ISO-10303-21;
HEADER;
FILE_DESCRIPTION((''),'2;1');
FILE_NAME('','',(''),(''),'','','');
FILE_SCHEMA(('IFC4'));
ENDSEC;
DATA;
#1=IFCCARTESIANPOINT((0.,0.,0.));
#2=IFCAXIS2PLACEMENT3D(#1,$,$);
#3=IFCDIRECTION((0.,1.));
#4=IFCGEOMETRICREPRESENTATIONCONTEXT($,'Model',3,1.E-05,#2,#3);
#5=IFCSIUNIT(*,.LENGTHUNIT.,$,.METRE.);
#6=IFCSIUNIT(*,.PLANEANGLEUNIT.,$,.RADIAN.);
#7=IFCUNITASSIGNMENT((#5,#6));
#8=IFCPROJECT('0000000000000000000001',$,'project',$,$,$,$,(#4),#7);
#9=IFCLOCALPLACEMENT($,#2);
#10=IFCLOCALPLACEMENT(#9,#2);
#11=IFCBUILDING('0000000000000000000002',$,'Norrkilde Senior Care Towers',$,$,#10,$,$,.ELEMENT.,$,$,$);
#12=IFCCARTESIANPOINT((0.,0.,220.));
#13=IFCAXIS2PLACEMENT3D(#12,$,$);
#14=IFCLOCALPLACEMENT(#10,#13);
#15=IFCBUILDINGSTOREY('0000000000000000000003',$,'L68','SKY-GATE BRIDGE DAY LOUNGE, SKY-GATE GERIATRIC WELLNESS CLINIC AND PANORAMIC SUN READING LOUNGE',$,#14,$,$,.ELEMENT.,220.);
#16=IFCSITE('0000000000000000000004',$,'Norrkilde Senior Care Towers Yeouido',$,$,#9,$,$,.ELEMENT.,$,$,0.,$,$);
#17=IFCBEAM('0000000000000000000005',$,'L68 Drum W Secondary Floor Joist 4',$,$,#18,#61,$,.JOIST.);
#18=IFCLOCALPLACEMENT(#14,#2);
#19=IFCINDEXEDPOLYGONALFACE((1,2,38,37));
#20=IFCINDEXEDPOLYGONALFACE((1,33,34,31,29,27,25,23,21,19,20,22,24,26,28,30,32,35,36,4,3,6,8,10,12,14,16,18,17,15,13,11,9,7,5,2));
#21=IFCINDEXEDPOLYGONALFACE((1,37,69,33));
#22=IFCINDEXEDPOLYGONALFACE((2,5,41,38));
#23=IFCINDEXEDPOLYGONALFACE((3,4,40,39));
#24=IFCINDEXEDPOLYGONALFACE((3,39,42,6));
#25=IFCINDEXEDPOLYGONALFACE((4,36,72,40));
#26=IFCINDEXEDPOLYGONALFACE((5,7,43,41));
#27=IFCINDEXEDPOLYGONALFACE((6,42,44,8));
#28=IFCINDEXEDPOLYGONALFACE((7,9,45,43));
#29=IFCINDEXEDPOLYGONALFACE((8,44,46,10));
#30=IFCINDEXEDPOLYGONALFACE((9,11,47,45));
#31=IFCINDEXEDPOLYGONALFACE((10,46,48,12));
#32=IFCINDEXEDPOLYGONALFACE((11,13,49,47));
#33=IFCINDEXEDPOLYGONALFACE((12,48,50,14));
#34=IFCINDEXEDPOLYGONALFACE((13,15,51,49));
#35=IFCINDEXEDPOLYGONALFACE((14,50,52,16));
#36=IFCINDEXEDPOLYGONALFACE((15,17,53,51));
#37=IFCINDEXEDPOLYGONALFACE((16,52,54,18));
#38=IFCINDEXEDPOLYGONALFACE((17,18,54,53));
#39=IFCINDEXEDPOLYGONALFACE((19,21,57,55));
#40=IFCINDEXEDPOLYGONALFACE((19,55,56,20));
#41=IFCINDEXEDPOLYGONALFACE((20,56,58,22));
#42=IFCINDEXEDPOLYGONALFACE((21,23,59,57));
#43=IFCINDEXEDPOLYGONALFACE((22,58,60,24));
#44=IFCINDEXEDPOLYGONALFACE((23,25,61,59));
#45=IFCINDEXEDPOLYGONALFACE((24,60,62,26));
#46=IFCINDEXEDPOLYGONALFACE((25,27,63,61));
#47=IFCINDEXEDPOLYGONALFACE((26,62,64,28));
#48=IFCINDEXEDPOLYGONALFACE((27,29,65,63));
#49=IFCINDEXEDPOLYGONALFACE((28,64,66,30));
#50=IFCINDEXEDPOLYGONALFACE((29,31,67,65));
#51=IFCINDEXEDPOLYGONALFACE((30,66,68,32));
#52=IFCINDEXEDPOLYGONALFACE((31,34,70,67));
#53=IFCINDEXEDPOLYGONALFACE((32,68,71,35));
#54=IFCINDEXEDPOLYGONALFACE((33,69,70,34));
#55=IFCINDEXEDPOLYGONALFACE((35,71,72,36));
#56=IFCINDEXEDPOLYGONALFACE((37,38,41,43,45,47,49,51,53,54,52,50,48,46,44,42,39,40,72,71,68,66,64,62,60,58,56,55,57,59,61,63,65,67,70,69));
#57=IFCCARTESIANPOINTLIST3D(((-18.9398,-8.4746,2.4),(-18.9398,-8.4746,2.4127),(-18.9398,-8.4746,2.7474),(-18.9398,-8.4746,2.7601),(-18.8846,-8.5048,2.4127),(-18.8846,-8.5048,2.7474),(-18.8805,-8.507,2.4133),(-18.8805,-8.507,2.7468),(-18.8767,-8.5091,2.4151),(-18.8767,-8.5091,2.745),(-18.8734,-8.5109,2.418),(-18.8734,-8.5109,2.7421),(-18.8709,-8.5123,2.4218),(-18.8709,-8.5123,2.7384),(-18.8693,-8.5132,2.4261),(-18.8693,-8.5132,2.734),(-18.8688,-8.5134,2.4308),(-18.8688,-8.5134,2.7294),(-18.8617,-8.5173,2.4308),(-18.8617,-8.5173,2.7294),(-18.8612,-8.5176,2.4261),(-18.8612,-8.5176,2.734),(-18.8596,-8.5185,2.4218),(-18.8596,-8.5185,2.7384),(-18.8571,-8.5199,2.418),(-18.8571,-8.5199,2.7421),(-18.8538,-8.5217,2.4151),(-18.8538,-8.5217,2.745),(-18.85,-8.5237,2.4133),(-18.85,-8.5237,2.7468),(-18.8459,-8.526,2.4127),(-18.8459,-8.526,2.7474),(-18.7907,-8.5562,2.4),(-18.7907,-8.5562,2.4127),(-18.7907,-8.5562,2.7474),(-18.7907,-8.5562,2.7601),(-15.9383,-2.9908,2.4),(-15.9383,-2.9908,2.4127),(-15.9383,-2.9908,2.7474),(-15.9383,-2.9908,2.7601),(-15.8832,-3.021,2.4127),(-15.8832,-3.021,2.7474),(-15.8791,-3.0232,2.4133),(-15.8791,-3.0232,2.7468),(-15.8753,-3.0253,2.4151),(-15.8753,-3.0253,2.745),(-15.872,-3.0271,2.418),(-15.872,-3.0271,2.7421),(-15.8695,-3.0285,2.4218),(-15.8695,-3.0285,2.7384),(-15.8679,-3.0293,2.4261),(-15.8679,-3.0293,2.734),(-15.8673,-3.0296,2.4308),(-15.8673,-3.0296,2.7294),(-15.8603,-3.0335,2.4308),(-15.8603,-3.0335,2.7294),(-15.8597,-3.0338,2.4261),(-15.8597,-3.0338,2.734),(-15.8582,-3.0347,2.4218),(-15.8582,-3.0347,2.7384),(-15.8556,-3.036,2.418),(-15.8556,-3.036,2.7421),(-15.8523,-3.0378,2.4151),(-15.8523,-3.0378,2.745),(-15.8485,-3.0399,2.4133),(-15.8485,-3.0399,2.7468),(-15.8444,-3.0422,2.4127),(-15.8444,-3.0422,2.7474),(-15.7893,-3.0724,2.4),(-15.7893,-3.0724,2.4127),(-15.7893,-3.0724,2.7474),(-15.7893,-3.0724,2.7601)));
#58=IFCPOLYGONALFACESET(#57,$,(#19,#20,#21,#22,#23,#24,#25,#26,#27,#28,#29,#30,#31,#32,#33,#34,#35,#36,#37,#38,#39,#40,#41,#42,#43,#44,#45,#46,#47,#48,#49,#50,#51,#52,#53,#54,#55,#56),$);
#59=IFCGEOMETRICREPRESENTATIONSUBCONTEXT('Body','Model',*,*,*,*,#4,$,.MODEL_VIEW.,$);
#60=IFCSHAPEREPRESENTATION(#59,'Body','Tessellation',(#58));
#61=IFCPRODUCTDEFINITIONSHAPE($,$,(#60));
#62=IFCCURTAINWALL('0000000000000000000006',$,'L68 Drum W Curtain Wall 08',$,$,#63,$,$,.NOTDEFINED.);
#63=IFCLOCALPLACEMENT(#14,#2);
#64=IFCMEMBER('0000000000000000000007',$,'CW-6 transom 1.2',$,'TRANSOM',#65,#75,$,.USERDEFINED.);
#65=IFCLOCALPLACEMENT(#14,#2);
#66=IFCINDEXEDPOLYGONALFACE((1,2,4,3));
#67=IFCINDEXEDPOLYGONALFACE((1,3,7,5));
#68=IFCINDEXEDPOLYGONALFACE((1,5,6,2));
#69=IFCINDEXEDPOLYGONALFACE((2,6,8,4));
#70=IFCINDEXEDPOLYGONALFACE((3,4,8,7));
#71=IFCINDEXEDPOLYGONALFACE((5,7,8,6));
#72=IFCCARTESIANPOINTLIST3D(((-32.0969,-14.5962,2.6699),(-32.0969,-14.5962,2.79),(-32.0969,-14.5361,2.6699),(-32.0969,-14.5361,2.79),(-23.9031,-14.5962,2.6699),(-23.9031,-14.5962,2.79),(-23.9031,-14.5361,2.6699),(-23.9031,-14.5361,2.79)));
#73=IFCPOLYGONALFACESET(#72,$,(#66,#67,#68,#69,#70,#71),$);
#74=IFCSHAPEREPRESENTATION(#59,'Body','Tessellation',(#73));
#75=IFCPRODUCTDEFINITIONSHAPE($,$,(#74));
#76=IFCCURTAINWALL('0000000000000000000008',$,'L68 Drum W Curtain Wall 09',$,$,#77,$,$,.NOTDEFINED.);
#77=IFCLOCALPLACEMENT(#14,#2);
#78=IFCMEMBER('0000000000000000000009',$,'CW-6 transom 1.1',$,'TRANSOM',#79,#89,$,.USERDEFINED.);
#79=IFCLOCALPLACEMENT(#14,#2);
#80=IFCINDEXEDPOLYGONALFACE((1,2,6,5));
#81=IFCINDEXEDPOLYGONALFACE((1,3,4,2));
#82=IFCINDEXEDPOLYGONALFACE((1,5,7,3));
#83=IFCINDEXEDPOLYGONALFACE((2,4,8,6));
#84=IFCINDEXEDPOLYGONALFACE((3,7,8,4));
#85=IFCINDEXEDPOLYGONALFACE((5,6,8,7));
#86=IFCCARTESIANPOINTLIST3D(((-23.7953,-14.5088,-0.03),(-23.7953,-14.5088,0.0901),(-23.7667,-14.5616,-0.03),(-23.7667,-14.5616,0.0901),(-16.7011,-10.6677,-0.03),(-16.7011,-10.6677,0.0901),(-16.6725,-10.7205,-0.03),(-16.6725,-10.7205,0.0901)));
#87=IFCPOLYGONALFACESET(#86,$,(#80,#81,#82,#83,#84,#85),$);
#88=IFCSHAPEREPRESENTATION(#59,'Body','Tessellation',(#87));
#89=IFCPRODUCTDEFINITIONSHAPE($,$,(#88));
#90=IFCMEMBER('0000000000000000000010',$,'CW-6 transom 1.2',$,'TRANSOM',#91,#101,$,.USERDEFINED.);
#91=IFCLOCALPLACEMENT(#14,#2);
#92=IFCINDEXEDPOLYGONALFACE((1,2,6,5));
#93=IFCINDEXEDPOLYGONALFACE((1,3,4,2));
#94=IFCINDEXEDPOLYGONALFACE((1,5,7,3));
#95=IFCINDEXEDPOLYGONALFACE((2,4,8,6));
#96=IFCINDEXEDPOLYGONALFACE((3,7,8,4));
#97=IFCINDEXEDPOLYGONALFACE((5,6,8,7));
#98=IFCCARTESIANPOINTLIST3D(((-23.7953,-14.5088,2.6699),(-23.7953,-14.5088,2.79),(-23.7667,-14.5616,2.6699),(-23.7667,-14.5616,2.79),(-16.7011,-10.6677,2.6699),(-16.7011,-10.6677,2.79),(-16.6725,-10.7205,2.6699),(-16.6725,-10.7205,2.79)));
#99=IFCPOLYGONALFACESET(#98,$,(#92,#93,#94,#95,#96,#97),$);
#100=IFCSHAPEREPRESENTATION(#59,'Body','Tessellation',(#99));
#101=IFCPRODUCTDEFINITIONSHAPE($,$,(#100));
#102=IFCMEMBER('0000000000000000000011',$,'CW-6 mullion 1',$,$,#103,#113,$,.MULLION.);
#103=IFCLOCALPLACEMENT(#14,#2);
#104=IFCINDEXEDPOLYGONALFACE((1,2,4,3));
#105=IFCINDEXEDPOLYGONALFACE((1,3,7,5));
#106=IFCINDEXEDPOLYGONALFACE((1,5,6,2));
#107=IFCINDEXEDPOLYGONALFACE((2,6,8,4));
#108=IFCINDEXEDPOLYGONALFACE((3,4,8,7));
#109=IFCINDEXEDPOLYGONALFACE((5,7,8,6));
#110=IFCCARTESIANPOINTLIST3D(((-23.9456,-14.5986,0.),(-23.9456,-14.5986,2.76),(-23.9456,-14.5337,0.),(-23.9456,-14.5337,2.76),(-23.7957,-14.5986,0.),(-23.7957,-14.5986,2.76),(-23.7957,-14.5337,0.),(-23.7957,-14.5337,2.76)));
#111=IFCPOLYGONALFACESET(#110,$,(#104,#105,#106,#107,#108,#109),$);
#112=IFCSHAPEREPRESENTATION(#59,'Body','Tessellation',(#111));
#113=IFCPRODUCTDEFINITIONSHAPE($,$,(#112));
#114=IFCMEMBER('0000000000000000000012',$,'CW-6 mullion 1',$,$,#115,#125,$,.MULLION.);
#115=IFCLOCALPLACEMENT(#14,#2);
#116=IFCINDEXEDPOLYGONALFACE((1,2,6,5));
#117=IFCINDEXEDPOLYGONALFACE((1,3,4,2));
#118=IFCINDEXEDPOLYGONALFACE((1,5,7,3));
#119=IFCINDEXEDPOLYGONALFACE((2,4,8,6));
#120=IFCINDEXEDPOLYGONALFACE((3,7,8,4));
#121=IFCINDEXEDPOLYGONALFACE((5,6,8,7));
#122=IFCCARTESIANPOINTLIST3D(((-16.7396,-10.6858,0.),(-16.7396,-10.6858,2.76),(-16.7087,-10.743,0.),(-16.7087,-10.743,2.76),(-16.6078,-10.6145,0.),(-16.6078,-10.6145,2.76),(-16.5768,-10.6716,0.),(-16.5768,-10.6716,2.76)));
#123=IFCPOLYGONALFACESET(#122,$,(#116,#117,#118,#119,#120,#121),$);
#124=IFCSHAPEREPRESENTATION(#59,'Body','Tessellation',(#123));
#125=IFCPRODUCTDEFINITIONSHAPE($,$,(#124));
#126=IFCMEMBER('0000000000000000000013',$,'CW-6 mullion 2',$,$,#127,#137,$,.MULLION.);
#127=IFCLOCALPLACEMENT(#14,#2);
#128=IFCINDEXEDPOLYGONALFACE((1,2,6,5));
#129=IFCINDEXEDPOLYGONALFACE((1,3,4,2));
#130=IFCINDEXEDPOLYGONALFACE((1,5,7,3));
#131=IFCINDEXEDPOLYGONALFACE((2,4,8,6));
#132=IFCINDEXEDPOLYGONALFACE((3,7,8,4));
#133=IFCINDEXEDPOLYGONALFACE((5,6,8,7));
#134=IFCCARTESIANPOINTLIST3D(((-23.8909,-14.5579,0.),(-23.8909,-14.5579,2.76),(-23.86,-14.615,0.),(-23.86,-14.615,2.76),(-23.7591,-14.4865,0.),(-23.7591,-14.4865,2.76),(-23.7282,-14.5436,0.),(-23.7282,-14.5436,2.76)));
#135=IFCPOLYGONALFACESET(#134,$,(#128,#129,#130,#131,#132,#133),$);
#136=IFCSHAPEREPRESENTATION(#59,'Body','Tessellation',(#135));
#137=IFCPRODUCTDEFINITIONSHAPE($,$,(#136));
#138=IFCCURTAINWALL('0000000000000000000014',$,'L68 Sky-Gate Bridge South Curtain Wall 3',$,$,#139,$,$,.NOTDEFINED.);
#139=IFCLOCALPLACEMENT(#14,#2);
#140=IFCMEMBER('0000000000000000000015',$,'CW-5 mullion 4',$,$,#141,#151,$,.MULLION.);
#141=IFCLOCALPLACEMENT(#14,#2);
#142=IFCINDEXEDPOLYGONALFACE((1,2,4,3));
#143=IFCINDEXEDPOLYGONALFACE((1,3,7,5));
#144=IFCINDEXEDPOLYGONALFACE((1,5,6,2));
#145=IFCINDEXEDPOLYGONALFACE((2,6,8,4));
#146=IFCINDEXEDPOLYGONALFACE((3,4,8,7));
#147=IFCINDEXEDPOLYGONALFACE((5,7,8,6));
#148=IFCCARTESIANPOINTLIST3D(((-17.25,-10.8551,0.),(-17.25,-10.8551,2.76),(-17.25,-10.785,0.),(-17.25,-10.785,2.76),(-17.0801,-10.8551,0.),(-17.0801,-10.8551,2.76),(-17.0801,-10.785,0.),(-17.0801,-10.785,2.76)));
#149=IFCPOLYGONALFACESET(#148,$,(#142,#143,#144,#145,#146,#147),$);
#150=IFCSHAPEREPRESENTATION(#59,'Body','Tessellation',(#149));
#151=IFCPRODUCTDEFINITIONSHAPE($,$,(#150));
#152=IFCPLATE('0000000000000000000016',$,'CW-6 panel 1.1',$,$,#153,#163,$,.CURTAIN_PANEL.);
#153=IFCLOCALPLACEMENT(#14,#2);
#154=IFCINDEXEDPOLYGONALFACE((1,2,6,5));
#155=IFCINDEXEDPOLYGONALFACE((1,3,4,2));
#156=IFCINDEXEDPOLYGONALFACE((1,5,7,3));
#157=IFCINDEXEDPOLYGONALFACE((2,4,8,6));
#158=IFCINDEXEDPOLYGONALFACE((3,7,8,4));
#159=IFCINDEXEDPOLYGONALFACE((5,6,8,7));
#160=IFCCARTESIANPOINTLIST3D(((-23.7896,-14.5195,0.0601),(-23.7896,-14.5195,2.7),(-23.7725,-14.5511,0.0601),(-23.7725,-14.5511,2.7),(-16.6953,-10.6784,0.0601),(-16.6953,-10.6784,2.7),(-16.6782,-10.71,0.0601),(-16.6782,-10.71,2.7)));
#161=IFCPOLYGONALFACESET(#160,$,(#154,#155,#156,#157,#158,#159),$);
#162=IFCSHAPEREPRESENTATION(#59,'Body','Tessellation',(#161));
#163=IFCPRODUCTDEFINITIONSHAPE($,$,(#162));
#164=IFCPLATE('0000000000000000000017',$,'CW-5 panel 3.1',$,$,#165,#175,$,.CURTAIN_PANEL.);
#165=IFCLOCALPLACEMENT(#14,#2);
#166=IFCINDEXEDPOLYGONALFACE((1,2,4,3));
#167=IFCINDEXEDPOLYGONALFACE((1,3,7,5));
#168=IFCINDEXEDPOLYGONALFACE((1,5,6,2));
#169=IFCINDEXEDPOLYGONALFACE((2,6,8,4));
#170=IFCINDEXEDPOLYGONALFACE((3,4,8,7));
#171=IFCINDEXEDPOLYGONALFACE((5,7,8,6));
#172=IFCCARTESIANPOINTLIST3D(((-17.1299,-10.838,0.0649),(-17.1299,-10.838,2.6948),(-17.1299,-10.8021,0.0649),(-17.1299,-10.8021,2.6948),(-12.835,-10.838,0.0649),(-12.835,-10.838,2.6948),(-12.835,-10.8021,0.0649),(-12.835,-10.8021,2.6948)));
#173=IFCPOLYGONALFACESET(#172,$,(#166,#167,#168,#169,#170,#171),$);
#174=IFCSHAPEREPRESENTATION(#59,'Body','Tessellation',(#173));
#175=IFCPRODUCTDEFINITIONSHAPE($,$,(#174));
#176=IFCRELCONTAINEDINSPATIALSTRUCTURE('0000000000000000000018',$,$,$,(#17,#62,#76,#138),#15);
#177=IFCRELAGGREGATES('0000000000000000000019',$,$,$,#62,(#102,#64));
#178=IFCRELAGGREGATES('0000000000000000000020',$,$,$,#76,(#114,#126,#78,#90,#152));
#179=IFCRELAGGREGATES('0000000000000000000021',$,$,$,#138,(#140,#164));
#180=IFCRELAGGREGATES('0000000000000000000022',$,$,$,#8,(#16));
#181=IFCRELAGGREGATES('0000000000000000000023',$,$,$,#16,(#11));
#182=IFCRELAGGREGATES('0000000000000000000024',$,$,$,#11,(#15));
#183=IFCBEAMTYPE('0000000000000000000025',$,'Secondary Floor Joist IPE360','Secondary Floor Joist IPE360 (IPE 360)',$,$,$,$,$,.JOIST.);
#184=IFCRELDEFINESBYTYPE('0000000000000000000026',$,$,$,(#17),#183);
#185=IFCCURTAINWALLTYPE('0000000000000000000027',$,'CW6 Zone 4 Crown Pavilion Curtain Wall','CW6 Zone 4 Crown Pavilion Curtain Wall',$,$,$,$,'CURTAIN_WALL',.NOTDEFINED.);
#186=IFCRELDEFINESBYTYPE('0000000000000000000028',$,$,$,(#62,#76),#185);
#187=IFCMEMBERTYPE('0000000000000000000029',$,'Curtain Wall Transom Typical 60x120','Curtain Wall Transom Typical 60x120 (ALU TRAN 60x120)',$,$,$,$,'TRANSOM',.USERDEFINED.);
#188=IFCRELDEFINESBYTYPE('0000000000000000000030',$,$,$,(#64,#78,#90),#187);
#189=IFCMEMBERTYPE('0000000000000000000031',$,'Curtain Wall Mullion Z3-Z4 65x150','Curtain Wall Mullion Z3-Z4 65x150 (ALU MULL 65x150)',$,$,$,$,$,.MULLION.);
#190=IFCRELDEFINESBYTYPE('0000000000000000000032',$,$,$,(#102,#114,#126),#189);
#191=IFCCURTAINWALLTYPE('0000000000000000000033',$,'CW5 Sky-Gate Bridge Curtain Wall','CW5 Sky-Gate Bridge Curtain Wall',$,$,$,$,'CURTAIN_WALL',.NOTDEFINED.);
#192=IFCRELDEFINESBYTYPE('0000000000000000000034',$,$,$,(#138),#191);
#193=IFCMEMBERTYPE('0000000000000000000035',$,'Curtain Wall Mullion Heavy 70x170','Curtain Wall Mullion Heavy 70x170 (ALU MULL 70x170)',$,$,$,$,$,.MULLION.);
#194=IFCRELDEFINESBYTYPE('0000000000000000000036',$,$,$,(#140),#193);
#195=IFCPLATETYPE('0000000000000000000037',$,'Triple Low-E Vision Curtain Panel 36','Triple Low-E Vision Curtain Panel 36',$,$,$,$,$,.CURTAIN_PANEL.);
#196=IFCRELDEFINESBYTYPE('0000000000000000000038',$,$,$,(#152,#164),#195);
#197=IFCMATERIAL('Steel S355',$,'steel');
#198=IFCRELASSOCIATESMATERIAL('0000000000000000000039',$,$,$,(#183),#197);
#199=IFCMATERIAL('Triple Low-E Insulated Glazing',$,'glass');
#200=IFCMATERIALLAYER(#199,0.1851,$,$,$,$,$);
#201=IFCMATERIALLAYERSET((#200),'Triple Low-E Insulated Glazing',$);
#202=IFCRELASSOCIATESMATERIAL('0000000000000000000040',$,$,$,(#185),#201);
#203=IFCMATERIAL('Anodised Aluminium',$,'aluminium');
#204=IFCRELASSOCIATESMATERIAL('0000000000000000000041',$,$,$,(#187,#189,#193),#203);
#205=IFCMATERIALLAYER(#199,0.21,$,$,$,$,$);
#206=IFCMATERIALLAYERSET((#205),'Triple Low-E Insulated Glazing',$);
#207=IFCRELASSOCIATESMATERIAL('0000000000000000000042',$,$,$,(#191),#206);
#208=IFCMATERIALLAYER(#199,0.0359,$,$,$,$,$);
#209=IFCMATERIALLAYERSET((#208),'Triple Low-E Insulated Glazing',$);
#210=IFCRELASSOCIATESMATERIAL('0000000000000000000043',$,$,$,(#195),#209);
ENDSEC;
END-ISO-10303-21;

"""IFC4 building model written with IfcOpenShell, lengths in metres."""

from ifc_helpers import new_model, si_unit, direction, frame, origin, origin_2d, place, context, subcontext, project, spatial, rectangle, i_section, extrude, source, transform, mapped, material, layer, layer_set, material_profile, profile_set, type_object, type_shapes, element, aggregate, save


model = new_model("IFC4")

# Units and contexts
model_context = context("Model", 3, precision=1e-05, world=origin(), true_north=direction((0.0, 1.0)))
body_context = subcontext(model_context, "Body", "Model", "MODEL_VIEW")
ifc_project = project(units=[si_unit("LENGTHUNIT", "METRE"), si_unit("PLANEANGLEUNIT", "RADIAN")], contexts=[model_context])

# Site, building, storey
site_placement = place(None, origin())
site = spatial("IfcSite", under=ifc_project, at=site_placement, Name="Norrkilde Senior Care Towers Yeouido", CompositionType="ELEMENT", RefElevation=0.0)
building_placement = place(site_placement, origin())
building = spatial("IfcBuilding", under=site, at=building_placement, Name="Norrkilde Senior Care Towers", CompositionType="ELEMENT")
storey_placement = place(building_placement, frame((0.0, 0.0, 220.0)))
storey = spatial("IfcBuildingStorey", under=building, at=storey_placement, Name="L68", Description="SKY-GATE BRIDGE DAY LOUNGE, SKY-GATE GERIATRIC WELLNESS CLINIC AND PANORAMIC SUN READING LOUNGE", CompositionType="ELEMENT", Elevation=220.0)

# Beam
ifc_material_1 = material(Name="Steel S355", Category="steel")
ifc_material_profile_1 = material_profile(ifc_material_1, i_section(OverallWidth=0.1699, OverallDepth=0.3601, WebThickness=0.0081, FlangeThickness=0.0127, FilletRadius=0.0181, at=origin_2d()), Name="IPE 360")
ifc_profile_set_1 = profile_set([ifc_material_profile_1], Name="Steel S355")
beam_type_1 = type_object("IfcBeamType", Name="Secondary Floor Joist IPE360", Description="Secondary Floor Joist IPE360 (IPE 360)", PredefinedType="JOIST", material=ifc_profile_set_1)
shared_shape_1 = source(origin(), body_context, "Body", "SweptSolid", [
    extrude(i_section(OverallWidth=0.1699, OverallDepth=0.3601, WebThickness=0.0081, FlangeThickness=0.0127, FilletRadius=0.0181, at=origin_2d()), origin(), (0.0, 0.0, 1.0), 6.2515),
])
type_shapes(beam_type_1, [shared_shape_1])
beam_1_placement = place(storey_placement, frame((-18.8652, -8.5154, 2.5801), z_axis=(0.480116, 0.877205, 0.0), x_axis=(-0.877205, 0.480116, 0.0)))
element("IfcBeam", 1, at=beam_1_placement, inside=storey, type_object=beam_type_1, Name="L68 Drum W Secondary Floor Joist 4", PredefinedType="JOIST", context=body_context, shape_type="MappedRepresentation", body=[
    mapped(shared_shape_1, transform((0.0, 0.0, 0.0), x_axis=(1.0, 0.0, 0.0), y_axis=(0.0, 1.0, 0.0), z_axis=(0.0, 0.0, 1.0), scale=1.0)),
])

# Curtain wall, member
ifc_material_2 = material(Name="Triple Low-E Insulated Glazing", Category="glass")
ifc_layer_1 = layer(ifc_material_2, 0.1851)
ifc_layer_set_1 = layer_set([ifc_layer_1], Name="Triple Low-E Insulated Glazing")
curtain_wall_type_1 = type_object("IfcCurtainWallType", Name="CW6 Zone 4 Crown Pavilion Curtain Wall", Description="CW6 Zone 4 Crown Pavilion Curtain Wall", ElementType="CURTAIN_WALL", PredefinedType="NOTDEFINED", material=ifc_layer_set_1)
curtain_wall_1_placement = place(storey_placement, origin())
curtain_wall_1 = element("IfcCurtainWall", 2, at=curtain_wall_1_placement, inside=storey, type_object=curtain_wall_type_1, Name="L68 Drum W Curtain Wall 08", PredefinedType="NOTDEFINED")
ifc_material_3 = material(Name="Anodised Aluminium", Category="aluminium")
ifc_material_profile_2 = material_profile(ifc_material_3, rectangle(XDim=0.0601, YDim=0.1201, at=origin_2d()), Name="ALU TRAN 60x120")
ifc_profile_set_2 = profile_set([ifc_material_profile_2], Name="Anodised Aluminium")
member_type_1 = type_object("IfcMemberType", Name="Curtain Wall Transom Typical 60x120", Description="Curtain Wall Transom Typical 60x120 (ALU TRAN 60x120)", ElementType="TRANSOM", PredefinedType="USERDEFINED", material=ifc_profile_set_2)
shared_shape_2 = source(origin(), body_context, "Body", "SweptSolid", [
    extrude(rectangle(XDim=0.0601, YDim=0.1201, at=origin_2d()), origin(), (0.0, 0.0, 1.0), 8.1938),
])
member_1_placement = place(storey_placement, frame((-23.9031, -14.5662, 2.73), z_axis=(-1.0, 0.0, 0.0), x_axis=(0.0, -1.0, 0.0)))
member_1 = element("IfcMember", 3, at=member_1_placement, type_object=member_type_1, Name="CW-6 transom 1.2", ObjectType="TRANSOM", PredefinedType="USERDEFINED", context=body_context, shape_type="MappedRepresentation", body=[
    mapped(shared_shape_2, transform((0.0, 0.0, 0.0), x_axis=(1.0, 0.0, 0.0), y_axis=(0.0, 1.0, 0.0), z_axis=(0.0, 0.0, 1.0), scale=1.0)),
])

# Curtain wall, members
curtain_wall_2_placement = place(storey_placement, origin())
curtain_wall_2 = element("IfcCurtainWall", 4, at=curtain_wall_2_placement, inside=storey, type_object=curtain_wall_type_1, Name="L68 Drum W Curtain Wall 09", PredefinedType="NOTDEFINED")
shared_shape_3 = source(origin(), body_context, "Body", "SweptSolid", [
    extrude(rectangle(XDim=0.0601, YDim=0.1201, at=origin_2d()), origin(), (0.0, 0.0, 1.0), 8.0674),
])
type_shapes(member_type_1, [shared_shape_2, shared_shape_3])
member_2_placement = place(storey_placement, frame((-16.6868, -10.6941, 0.03), z_axis=(-0.879378, -0.476125, 0.0), x_axis=(0.476125, -0.879378, 0.0)))
member_2 = element("IfcMember", 5, at=member_2_placement, type_object=member_type_1, Name="CW-6 transom 1.1", ObjectType="TRANSOM", PredefinedType="USERDEFINED", context=body_context, shape_type="MappedRepresentation", body=[
    mapped(shared_shape_3, transform((0.0, 0.0, 0.0), x_axis=(1.0, 0.0, 0.0), y_axis=(0.0, 1.0, 0.0), z_axis=(0.0, 0.0, 1.0), scale=1.0)),
])
member_3_placement = place(storey_placement, frame((-16.6868, -10.6941, 2.73), z_axis=(-0.879378, -0.476125, 0.0), x_axis=(0.476125, -0.879378, 0.0)))
member_3 = element("IfcMember", 6, at=member_3_placement, type_object=member_type_1, Name="CW-6 transom 1.2", ObjectType="TRANSOM", PredefinedType="USERDEFINED", context=body_context, shape_type="MappedRepresentation", body=[
    mapped(shared_shape_3, transform((0.0, 0.0, 0.0), x_axis=(1.0, 0.0, 0.0), y_axis=(0.0, 1.0, 0.0), z_axis=(0.0, 0.0, 1.0), scale=1.0)),
])

# Members
ifc_material_profile_3 = material_profile(ifc_material_3, rectangle(XDim=0.0649, YDim=0.1499, at=origin_2d()), Name="ALU MULL 65x150")
ifc_profile_set_3 = profile_set([ifc_material_profile_3], Name="Anodised Aluminium")
member_type_2 = type_object("IfcMemberType", Name="Curtain Wall Mullion Z3-Z4 65x150", Description="Curtain Wall Mullion Z3-Z4 65x150 (ALU MULL 65x150)", PredefinedType="MULLION", material=ifc_profile_set_3)
shared_shape_4 = source(origin(), body_context, "Body", "SweptSolid", [
    extrude(rectangle(XDim=0.0649, YDim=0.1499, at=origin_2d()), origin(), (0.0, 0.0, 1.0), 2.76),
])
type_shapes(member_type_2, [shared_shape_4])
member_4_placement = place(storey_placement, frame((-23.8706, -14.5662, 0.0), z_axis=(0.0, 0.0, 1.0), x_axis=(0.0, -1.0, 0.0)))
member_4 = element("IfcMember", 7, at=member_4_placement, type_object=member_type_2, Name="CW-6 mullion 1", PredefinedType="MULLION", context=body_context, shape_type="MappedRepresentation", body=[
    mapped(shared_shape_4, transform((0.0, 0.0, 0.0), x_axis=(1.0, 0.0, 0.0), y_axis=(0.0, 1.0, 0.0), z_axis=(0.0, 0.0, 1.0), scale=1.0)),
])
aggregate(curtain_wall_1, [member_4, member_1])
member_5_placement = place(storey_placement, frame((-16.6582, -10.6787, 0.0), z_axis=(0.0, 0.0, 1.0), x_axis=(0.476133, -0.879373, 0.0)))
member_5 = element("IfcMember", 8, at=member_5_placement, type_object=member_type_2, Name="CW-6 mullion 1", PredefinedType="MULLION", context=body_context, shape_type="MappedRepresentation", body=[
    mapped(shared_shape_4, transform((0.0, 0.0, 0.0), x_axis=(1.0, 0.0, 0.0), y_axis=(0.0, 1.0, 0.0), z_axis=(0.0, 0.0, 1.0), scale=1.0)),
])
member_6_placement = place(storey_placement, frame((-23.8096, -14.5508, 0.0), z_axis=(0.0, 0.0, 1.0), x_axis=(0.476133, -0.879373, 0.0)))
member_6 = element("IfcMember", 9, at=member_6_placement, type_object=member_type_2, Name="CW-6 mullion 2", PredefinedType="MULLION", context=body_context, shape_type="MappedRepresentation", body=[
    mapped(shared_shape_4, transform((0.0, 0.0, 0.0), x_axis=(1.0, 0.0, 0.0), y_axis=(0.0, 1.0, 0.0), z_axis=(0.0, 0.0, 1.0), scale=1.0)),
])

# Curtain wall, member
ifc_layer_2 = layer(ifc_material_2, 0.21)
ifc_layer_set_2 = layer_set([ifc_layer_2], Name="Triple Low-E Insulated Glazing")
curtain_wall_type_2 = type_object("IfcCurtainWallType", Name="CW5 Sky-Gate Bridge Curtain Wall", Description="CW5 Sky-Gate Bridge Curtain Wall", ElementType="CURTAIN_WALL", PredefinedType="NOTDEFINED", material=ifc_layer_set_2)
curtain_wall_3_placement = place(storey_placement, origin())
curtain_wall_3 = element("IfcCurtainWall", 10, at=curtain_wall_3_placement, inside=storey, type_object=curtain_wall_type_2, Name="L68 Sky-Gate Bridge South Curtain Wall 3", PredefinedType="NOTDEFINED")
ifc_material_profile_4 = material_profile(ifc_material_3, rectangle(XDim=0.0701, YDim=0.1699, at=origin_2d()), Name="ALU MULL 70x170")
ifc_profile_set_4 = profile_set([ifc_material_profile_4], Name="Anodised Aluminium")
member_type_3 = type_object("IfcMemberType", Name="Curtain Wall Mullion Heavy 70x170", Description="Curtain Wall Mullion Heavy 70x170 (ALU MULL 70x170)", PredefinedType="MULLION", material=ifc_profile_set_4)
shared_shape_5 = source(origin(), body_context, "Body", "SweptSolid", [
    extrude(rectangle(XDim=0.0701, YDim=0.1699, at=origin_2d()), origin(), (0.0, 0.0, 1.0), 2.76),
])
type_shapes(member_type_3, [shared_shape_5])
member_7_placement = place(storey_placement, frame((-17.165, -10.8201, 0.0), z_axis=(0.0, 0.0, 1.0), x_axis=(0.0, -1.0, 0.0)))
member_7 = element("IfcMember", 11, at=member_7_placement, type_object=member_type_3, Name="CW-5 mullion 4", PredefinedType="MULLION", context=body_context, shape_type="MappedRepresentation", body=[
    mapped(shared_shape_5, transform((0.0, 0.0, 0.0), x_axis=(1.0, 0.0, 0.0), y_axis=(0.0, 1.0, 0.0), z_axis=(0.0, 0.0, 1.0), scale=1.0)),
])

# Plates
ifc_layer_3 = layer(ifc_material_2, 0.0359)
ifc_layer_set_3 = layer_set([ifc_layer_3], Name="Triple Low-E Insulated Glazing")
plate_type = type_object("IfcPlateType", Name="Triple Low-E Vision Curtain Panel 36", Description="Triple Low-E Vision Curtain Panel 36", PredefinedType="CURTAIN_PANEL", material=ifc_layer_set_3)
shared_shape_6 = source(origin(), body_context, "Body", "SweptSolid", [
    extrude(rectangle(XDim=8.0674, YDim=0.0359, at=origin_2d()), origin(), (0.0, 0.0, 1.0), 2.6399),
])
plate_1_placement = place(storey_placement, frame((-20.2339, -12.6147, 0.0601), z_axis=(0.0, 0.0, 1.0), x_axis=(-0.879373, -0.476133, 0.0)))
plate_1 = element("IfcPlate", 12, at=plate_1_placement, type_object=plate_type, Name="CW-6 panel 1.1", PredefinedType="CURTAIN_PANEL", context=body_context, shape_type="MappedRepresentation", body=[
    mapped(shared_shape_6, transform((0.0, 0.0, 0.0), x_axis=(1.0, 0.0, 0.0), y_axis=(0.0, 1.0, 0.0), z_axis=(0.0, 0.0, 1.0), scale=1.0)),
])
aggregate(curtain_wall_2, [member_5, member_6, member_2, member_3, plate_1])
shared_shape_7 = source(origin(), body_context, "Body", "SweptSolid", [
    extrude(rectangle(XDim=4.2949, YDim=0.0359, at=origin_2d()), origin(), (0.0, 0.0, 1.0), 2.6299),
])
type_shapes(plate_type, [shared_shape_6, shared_shape_7])
plate_2_placement = place(storey_placement, frame((-14.9824, -10.8201, 0.0649), z_axis=(0.0, 0.0, 1.0), x_axis=(-1.0, 0.0, 0.0)))
plate_2 = element("IfcPlate", 13, at=plate_2_placement, type_object=plate_type, Name="CW-5 panel 3.1", PredefinedType="CURTAIN_PANEL", context=body_context, shape_type="MappedRepresentation", body=[
    mapped(shared_shape_7, transform((0.0, 0.0, 0.0), x_axis=(1.0, 0.0, 0.0), y_axis=(0.0, 1.0, 0.0), z_axis=(0.0, 0.0, 1.0), scale=1.0)),
])
aggregate(curtain_wall_3, [member_7, plate_2])

save(model, "model.ifc")
